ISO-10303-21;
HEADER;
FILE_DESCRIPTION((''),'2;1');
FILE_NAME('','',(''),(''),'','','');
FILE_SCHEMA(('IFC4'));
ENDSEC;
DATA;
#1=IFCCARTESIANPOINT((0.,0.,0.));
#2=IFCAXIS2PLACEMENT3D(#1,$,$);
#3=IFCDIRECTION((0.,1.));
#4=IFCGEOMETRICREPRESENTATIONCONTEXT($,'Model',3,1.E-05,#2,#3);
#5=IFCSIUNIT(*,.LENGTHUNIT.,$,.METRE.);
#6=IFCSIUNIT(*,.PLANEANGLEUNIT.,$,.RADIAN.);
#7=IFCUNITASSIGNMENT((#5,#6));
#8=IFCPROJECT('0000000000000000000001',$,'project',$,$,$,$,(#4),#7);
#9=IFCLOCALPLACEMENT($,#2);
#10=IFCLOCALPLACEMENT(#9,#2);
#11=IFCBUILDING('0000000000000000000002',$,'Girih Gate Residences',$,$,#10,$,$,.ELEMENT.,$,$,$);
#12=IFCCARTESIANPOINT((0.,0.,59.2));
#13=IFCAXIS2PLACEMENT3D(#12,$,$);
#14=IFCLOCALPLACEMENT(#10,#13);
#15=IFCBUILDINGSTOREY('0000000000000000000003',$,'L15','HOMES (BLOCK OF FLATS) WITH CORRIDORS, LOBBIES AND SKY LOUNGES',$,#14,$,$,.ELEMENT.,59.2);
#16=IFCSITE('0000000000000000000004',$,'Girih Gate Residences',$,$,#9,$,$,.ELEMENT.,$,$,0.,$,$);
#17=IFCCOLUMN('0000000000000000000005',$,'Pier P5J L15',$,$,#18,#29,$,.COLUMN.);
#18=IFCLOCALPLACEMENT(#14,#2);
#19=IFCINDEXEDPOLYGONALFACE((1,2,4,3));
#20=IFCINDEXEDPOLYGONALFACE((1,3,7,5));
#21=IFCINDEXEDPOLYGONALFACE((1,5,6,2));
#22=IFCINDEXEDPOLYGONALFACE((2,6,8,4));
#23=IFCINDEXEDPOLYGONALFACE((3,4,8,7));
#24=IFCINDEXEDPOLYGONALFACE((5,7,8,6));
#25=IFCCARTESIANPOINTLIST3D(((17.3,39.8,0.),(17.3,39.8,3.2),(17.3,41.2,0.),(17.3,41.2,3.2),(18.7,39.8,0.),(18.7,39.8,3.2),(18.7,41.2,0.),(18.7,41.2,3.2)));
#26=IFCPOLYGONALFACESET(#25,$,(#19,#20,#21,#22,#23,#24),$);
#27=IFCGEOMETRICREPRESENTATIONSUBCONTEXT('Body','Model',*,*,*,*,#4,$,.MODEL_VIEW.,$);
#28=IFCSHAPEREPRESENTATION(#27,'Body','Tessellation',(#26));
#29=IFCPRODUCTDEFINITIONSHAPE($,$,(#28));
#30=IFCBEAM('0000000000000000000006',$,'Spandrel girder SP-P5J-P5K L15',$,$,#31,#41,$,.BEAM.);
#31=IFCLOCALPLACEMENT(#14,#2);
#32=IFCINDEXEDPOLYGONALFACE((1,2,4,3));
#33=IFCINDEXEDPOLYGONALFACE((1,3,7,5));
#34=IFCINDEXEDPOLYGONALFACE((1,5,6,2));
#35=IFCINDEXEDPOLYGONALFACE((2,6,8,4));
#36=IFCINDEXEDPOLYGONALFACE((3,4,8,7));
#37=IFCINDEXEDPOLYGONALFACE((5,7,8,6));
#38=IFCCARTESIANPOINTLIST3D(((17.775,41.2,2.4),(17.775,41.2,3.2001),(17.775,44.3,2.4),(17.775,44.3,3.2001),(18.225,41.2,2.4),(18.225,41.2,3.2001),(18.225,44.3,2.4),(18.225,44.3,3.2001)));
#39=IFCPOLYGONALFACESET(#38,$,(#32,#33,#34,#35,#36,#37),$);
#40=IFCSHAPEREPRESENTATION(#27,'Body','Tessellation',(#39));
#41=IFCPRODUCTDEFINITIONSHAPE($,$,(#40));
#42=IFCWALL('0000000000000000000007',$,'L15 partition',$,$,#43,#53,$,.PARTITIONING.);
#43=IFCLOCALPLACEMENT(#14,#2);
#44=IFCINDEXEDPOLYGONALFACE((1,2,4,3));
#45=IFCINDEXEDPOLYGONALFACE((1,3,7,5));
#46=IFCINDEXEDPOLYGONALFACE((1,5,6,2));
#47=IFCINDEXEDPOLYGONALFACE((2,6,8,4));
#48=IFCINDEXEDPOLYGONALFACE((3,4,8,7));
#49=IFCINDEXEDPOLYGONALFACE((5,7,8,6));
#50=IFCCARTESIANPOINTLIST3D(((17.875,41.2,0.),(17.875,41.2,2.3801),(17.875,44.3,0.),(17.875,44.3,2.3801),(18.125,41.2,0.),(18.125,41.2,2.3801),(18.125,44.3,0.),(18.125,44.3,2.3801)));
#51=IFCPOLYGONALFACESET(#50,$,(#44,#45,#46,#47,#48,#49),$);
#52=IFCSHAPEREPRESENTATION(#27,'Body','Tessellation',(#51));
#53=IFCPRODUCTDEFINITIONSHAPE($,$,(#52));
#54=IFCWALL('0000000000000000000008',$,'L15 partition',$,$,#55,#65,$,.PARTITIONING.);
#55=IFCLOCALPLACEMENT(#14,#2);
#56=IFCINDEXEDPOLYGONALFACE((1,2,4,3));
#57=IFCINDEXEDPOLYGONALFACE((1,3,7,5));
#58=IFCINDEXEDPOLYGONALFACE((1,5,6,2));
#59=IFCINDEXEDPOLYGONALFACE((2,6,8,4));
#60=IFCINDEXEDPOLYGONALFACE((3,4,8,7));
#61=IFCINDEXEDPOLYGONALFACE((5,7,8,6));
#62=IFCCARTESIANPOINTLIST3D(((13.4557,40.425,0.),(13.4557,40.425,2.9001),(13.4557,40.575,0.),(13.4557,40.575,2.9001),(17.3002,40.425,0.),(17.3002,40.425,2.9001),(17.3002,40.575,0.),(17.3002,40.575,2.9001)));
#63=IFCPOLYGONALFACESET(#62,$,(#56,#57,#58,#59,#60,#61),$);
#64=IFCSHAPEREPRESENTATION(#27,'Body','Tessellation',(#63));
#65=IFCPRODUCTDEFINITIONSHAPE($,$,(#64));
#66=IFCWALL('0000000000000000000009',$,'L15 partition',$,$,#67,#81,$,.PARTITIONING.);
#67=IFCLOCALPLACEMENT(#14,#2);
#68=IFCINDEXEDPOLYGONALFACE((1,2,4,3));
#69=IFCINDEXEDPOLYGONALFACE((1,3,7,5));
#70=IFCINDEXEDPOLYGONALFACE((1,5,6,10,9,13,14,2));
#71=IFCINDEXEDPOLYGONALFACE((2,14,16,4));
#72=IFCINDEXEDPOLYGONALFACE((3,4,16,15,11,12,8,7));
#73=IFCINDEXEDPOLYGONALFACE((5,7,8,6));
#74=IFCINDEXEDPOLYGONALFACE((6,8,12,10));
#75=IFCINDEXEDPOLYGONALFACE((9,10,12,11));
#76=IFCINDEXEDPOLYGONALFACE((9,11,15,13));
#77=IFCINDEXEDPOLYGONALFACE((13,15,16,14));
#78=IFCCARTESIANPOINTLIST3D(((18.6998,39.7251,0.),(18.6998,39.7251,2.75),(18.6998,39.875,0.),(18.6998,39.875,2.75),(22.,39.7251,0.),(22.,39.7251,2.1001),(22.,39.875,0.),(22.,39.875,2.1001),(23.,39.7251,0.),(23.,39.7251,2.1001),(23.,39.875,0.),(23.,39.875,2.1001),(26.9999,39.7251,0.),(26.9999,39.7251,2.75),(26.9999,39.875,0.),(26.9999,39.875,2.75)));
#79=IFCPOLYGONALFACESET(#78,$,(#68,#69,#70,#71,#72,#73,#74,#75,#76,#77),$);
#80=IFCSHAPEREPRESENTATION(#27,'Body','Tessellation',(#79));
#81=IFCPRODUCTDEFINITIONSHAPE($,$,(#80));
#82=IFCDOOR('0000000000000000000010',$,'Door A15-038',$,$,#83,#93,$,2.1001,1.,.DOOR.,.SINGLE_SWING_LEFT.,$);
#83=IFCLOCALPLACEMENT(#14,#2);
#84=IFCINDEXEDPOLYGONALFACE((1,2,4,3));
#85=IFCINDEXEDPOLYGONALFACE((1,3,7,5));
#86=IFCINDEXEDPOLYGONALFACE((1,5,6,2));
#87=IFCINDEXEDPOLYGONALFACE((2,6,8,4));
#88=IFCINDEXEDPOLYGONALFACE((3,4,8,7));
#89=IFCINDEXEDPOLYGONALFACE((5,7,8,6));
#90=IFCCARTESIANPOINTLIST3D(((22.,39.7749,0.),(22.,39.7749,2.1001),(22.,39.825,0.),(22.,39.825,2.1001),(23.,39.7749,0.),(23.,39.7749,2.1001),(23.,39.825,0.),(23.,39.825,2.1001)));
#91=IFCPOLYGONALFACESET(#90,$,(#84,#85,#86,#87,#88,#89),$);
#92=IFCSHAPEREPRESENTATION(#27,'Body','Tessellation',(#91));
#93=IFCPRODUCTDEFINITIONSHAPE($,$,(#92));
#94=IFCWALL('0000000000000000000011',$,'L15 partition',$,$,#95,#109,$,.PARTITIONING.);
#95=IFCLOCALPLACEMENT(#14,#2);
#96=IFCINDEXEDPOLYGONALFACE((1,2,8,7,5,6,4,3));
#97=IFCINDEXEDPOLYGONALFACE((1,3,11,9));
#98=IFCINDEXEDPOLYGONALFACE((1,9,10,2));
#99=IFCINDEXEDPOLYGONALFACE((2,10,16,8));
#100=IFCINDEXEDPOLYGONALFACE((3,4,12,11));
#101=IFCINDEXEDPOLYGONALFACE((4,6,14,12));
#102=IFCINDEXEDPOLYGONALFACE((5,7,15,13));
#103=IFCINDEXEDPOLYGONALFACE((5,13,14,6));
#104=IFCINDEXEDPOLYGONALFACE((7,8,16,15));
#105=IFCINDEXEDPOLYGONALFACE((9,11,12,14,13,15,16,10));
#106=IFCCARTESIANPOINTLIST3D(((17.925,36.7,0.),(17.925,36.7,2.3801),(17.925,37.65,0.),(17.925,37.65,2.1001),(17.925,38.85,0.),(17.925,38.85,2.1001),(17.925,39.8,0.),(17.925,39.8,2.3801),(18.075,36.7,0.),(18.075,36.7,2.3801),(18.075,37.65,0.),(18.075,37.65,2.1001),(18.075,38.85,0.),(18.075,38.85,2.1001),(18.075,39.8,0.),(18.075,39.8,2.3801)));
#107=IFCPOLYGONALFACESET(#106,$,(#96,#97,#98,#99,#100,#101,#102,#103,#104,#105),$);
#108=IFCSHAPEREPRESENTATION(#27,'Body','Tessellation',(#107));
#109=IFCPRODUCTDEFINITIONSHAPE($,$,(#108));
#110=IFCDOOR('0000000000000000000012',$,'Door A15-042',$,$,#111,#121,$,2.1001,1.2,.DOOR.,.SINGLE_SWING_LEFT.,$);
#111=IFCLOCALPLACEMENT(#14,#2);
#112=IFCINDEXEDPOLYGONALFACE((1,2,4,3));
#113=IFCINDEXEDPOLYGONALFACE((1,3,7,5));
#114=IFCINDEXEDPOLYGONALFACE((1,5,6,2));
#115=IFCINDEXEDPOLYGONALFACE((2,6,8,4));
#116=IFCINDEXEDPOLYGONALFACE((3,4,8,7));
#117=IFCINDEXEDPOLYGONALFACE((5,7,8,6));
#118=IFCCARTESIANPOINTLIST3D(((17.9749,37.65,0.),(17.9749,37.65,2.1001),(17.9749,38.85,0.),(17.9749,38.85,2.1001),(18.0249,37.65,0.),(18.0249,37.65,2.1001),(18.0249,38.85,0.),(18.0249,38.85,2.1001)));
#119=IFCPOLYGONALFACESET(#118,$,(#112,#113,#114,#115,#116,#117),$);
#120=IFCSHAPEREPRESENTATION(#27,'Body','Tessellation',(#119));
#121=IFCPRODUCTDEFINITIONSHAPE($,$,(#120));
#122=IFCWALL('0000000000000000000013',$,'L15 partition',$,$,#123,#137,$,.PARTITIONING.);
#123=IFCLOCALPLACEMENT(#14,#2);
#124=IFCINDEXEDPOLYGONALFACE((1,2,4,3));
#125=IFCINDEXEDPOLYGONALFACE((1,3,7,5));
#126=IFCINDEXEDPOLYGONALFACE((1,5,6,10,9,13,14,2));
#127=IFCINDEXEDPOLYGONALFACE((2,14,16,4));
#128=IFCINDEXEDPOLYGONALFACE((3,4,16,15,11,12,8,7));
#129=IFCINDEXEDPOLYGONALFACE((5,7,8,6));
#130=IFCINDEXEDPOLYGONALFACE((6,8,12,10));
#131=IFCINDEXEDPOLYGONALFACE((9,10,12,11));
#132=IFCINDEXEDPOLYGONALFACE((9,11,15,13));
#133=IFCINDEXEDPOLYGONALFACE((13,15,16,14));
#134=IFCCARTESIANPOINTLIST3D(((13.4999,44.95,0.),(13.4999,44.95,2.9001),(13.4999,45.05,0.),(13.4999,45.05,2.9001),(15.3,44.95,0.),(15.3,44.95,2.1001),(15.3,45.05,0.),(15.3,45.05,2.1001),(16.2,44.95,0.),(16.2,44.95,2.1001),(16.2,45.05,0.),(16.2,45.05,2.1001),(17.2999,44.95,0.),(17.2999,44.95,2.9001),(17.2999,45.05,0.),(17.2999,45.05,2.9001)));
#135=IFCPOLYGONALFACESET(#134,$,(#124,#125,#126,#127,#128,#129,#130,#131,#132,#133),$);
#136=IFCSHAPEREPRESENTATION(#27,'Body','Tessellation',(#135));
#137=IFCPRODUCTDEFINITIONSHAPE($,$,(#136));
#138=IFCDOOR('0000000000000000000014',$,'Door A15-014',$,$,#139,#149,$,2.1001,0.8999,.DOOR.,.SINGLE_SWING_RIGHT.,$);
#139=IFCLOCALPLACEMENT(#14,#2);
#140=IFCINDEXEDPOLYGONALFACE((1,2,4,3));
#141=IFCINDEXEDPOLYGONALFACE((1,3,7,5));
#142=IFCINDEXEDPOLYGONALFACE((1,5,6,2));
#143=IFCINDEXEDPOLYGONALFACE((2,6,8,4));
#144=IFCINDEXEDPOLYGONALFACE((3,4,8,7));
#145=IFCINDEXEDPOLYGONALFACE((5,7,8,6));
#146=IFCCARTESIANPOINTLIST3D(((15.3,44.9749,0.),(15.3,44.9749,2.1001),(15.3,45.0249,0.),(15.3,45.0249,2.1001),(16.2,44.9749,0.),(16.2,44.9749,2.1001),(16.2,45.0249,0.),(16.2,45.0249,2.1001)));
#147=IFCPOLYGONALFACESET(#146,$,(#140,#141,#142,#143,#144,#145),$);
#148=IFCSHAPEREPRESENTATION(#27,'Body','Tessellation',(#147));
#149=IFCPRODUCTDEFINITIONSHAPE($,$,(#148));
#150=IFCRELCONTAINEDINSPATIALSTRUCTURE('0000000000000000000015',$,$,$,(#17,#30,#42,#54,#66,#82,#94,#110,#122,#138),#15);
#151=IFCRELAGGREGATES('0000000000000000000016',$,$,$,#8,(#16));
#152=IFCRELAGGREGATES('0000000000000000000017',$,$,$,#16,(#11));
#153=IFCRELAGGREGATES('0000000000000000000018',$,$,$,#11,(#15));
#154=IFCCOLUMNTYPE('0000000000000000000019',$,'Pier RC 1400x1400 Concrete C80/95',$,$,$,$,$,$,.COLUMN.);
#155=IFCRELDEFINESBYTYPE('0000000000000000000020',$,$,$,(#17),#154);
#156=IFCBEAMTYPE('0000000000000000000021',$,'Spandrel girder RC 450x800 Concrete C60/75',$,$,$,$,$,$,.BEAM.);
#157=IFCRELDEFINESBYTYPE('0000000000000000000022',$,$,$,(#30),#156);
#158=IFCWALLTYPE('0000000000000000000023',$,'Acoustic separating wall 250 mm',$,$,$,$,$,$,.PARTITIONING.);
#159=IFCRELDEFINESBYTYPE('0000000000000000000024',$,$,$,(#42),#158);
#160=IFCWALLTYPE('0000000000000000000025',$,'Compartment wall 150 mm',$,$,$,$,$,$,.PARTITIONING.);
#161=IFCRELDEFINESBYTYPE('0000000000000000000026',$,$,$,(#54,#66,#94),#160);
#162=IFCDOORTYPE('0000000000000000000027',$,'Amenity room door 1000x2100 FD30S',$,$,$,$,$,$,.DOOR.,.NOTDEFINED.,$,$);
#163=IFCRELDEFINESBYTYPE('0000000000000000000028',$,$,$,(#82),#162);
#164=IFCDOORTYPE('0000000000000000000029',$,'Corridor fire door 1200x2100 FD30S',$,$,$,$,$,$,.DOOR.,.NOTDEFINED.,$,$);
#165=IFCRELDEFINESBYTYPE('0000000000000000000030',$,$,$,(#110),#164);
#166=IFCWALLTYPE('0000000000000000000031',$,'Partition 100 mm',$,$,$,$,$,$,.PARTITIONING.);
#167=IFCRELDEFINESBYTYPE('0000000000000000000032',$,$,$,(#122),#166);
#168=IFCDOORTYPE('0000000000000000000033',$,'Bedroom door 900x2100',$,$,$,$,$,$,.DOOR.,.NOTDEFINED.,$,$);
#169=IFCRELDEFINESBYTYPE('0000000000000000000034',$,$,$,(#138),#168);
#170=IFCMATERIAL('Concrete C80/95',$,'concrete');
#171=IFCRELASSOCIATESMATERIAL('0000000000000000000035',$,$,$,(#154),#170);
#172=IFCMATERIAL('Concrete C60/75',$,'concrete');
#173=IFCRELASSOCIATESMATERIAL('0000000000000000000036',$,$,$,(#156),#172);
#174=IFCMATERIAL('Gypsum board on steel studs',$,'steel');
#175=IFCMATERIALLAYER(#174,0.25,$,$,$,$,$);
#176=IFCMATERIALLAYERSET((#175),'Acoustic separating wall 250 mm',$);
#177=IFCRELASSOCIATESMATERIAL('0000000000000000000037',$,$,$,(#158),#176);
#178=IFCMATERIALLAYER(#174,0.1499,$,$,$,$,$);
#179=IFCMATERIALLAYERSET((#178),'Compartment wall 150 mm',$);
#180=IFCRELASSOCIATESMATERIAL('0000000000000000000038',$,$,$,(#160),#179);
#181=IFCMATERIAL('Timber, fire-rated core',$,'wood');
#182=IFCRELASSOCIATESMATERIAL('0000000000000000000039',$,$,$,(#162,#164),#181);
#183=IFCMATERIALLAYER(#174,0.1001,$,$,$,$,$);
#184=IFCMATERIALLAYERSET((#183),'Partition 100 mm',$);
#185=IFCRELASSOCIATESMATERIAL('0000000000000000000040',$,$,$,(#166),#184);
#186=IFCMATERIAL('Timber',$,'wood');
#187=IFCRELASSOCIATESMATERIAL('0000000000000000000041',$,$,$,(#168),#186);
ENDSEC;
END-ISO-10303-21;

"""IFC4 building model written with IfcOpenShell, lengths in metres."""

from ifc_helpers import new_model, si_unit, direction, frame, frame_2d, origin, origin_2d, place, context, subcontext, project, spatial, rectangle, extrude, material, layer, layer_set, material_profile, profile_set, type_object, element, fill, save


model = new_model("IFC4")

# Units and contexts
model_context = context("Model", 3, precision=1e-05, world=origin(), true_north=direction((0.0, 1.0)))
body_context = subcontext(model_context, "Body", "Model", "MODEL_VIEW")
ifc_project = project(units=[si_unit("LENGTHUNIT", "METRE"), si_unit("PLANEANGLEUNIT", "RADIAN")], contexts=[model_context])

# Site, building, storey
site_placement = place(None, origin())
site = spatial("IfcSite", under=ifc_project, at=site_placement, Name="Girih Gate Residences", CompositionType="ELEMENT", RefElevation=0.0)
building_placement = place(site_placement, origin())
building = spatial("IfcBuilding", under=site, at=building_placement, Name="Girih Gate Residences", CompositionType="ELEMENT")
storey_placement = place(building_placement, frame((0.0, 0.0, 59.2)))
storey = spatial("IfcBuildingStorey", under=building, at=storey_placement, Name="L15", Description="HOMES (BLOCK OF FLATS) WITH CORRIDORS, LOBBIES AND SKY LOUNGES", CompositionType="ELEMENT", Elevation=59.2)

# Column
ifc_material_1 = material(Name="Concrete C80/95", Category="concrete")
ifc_material_profile_1 = material_profile(ifc_material_1, rectangle(XDim=1.3999, YDim=1.3999, at=origin_2d()))
ifc_profile_set_1 = profile_set([ifc_material_profile_1], Name="Concrete C80/95")
column_type = type_object("IfcColumnType", Name="Pier RC 1400x1400 Concrete C80/95", PredefinedType="COLUMN", material=ifc_profile_set_1)
column_placement = place(storey_placement, frame((18.0, 40.5, 0.0), z_axis=(0.0, 0.0, 1.0), x_axis=(1.0, 0.0, 0.0)))
element("IfcColumn", 1, at=column_placement, inside=storey, type_object=column_type, Name="Pier P5J L15", PredefinedType="COLUMN", context=body_context, shape_type="SweptSolid", body=[
    extrude(rectangle(XDim=1.3999, YDim=1.3999, at=origin_2d()), origin(), (0.0, 0.0, 1.0), 3.2),
])

# Beam
ifc_material_2 = material(Name="Concrete C60/75", Category="concrete")
ifc_material_profile_2 = material_profile(ifc_material_2, rectangle(XDim=0.45, YDim=0.8, at=origin_2d()))
ifc_profile_set_2 = profile_set([ifc_material_profile_2], Name="Concrete C60/75")
beam_type = type_object("IfcBeamType", Name="Spandrel girder RC 450x800 Concrete C60/75", PredefinedType="BEAM", material=ifc_profile_set_2)
beam_placement = place(storey_placement, frame((18.0, 41.2, 2.8), z_axis=(0.0, 1.0, 0.0), x_axis=(-1.0, 0.0, 0.0)))
element("IfcBeam", 2, at=beam_placement, inside=storey, type_object=beam_type, Name="Spandrel girder SP-P5J-P5K L15", PredefinedType="BEAM", context=body_context, shape_type="SweptSolid", body=[
    extrude(rectangle(XDim=0.45, YDim=0.8, at=origin_2d()), origin(), (0.0, 0.0, 1.0), 3.1001),
])

# Walls
ifc_material_3 = material(Name="Gypsum board on steel studs", Category="steel")
ifc_layer_1 = layer(ifc_material_3, 0.25)
ifc_layer_set_1 = layer_set([ifc_layer_1], Name="Acoustic separating wall 250 mm")
wall_type_1 = type_object("IfcWallType", Name="Acoustic separating wall 250 mm", PredefinedType="PARTITIONING", material=ifc_layer_set_1)
wall_1_placement = place(storey_placement, frame((18.0, 41.2, 0.0), z_axis=(0.0, 0.0, 1.0), x_axis=(0.0, 1.0, 0.0)))
element("IfcWall", 3, at=wall_1_placement, inside=storey, type_object=wall_type_1, Name="L15 partition", PredefinedType="PARTITIONING", context=body_context, shape_type="SweptSolid", body=[
    extrude(rectangle(XDim=3.1001, YDim=0.25, at=frame_2d((1.55, 0.0))), origin(), (0.0, 0.0, 1.0), 2.3801),
])
ifc_layer_2 = layer(ifc_material_3, 0.1499)
ifc_layer_set_2 = layer_set([ifc_layer_2], Name="Compartment wall 150 mm")
wall_type_2 = type_object("IfcWallType", Name="Compartment wall 150 mm", PredefinedType="PARTITIONING", material=ifc_layer_set_2)
wall_2_placement = place(storey_placement, frame((13.4556, 40.5, 0.0), z_axis=(0.0, 0.0, 1.0), x_axis=(1.0, 0.0, 0.0)))
element("IfcWall", 4, at=wall_2_placement, inside=storey, type_object=wall_type_2, Name="L15 partition", PredefinedType="PARTITIONING", context=body_context, shape_type="SweptSolid", body=[
    extrude(rectangle(XDim=3.8445, YDim=0.1499, at=frame_2d((1.9224, 0.0))), origin(), (0.0, 0.0, 1.0), 2.9001),
])

# Walls, openings, doors
wall_3_placement = place(storey_placement, frame((18.7, 39.8, 0.0), z_axis=(0.0, 0.0, 1.0), x_axis=(1.0, 0.0, 0.0)))
wall_3 = element("IfcWall", 5, at=wall_3_placement, inside=storey, type_object=wall_type_2, Name="L15 partition", PredefinedType="PARTITIONING", context=body_context, shape_type="SweptSolid", body=[
    extrude(rectangle(XDim=8.3, YDim=0.1499, at=frame_2d((4.1499, 0.0))), origin(), (0.0, 0.0, 1.0), 2.75),
])
opening_1_placement = place(wall_3_placement, frame((3.3, 0.0, 0.0)))
opening_1 = element("IfcOpeningElement", 6, at=opening_1_placement, cuts=wall_3, PredefinedType="OPENING", context=body_context, shape_type="SweptSolid", body=[
    extrude(rectangle(XDim=1.0, YDim=2.1001, at=frame_2d((0.5, 1.05))), frame((0.0, 0.085, 0.0), z_axis=(0.0, -1.0, 0.0), x_axis=(1.0, 0.0, 0.0)), (0.0, 0.0, 1.0), 0.1699),
])
ifc_material_4 = material(Name="Timber, fire-rated core", Category="wood")
door_type_1 = type_object("IfcDoorType", Name="Amenity room door 1000x2100 FD30S", OperationType="NOTDEFINED", PredefinedType="DOOR", material=ifc_material_4)
door_1_placement = place(opening_1_placement, origin())
door_1 = element("IfcDoor", 7, at=door_1_placement, inside=storey, type_object=door_type_1, Name="Door A15-038", OperationType="SINGLE_SWING_LEFT", OverallHeight=2.1001, OverallWidth=1.0, PredefinedType="DOOR", context=body_context, shape_type="SweptSolid", body=[
    extrude(rectangle(XDim=1.0, YDim=2.1001, at=frame_2d((0.5, 1.05))), frame((0.0, 0.0249, 0.0), z_axis=(0.0, -1.0, 0.0), x_axis=(1.0, 0.0, 0.0)), (0.0, 0.0, 1.0), 0.05),
])
fill(opening_1, door_1)
wall_4_placement = place(storey_placement, frame((18.0, 39.8, 0.0), z_axis=(0.0, 0.0, 1.0), x_axis=(0.0, -1.0, 0.0)))
wall_4 = element("IfcWall", 8, at=wall_4_placement, inside=storey, type_object=wall_type_2, Name="L15 partition", PredefinedType="PARTITIONING", context=body_context, shape_type="SweptSolid", body=[
    extrude(rectangle(XDim=3.1001, YDim=0.1499, at=frame_2d((1.55, 0.0))), origin(), (0.0, 0.0, 1.0), 2.3801),
])
opening_2_placement = place(wall_4_placement, frame((0.95, 0.0, 0.0)))
opening_2 = element("IfcOpeningElement", 9, at=opening_2_placement, cuts=wall_4, PredefinedType="OPENING", context=body_context, shape_type="SweptSolid", body=[
    extrude(rectangle(XDim=1.2, YDim=2.1001, at=frame_2d((0.6001, 1.05))), frame((0.0, 0.085, 0.0), z_axis=(0.0, -1.0, 0.0), x_axis=(1.0, 0.0, 0.0)), (0.0, 0.0, 1.0), 0.1699),
])
door_type_2 = type_object("IfcDoorType", Name="Corridor fire door 1200x2100 FD30S", OperationType="NOTDEFINED", PredefinedType="DOOR", material=ifc_material_4)
door_2_placement = place(opening_2_placement, origin())
door_2 = element("IfcDoor", 10, at=door_2_placement, inside=storey, type_object=door_type_2, Name="Door A15-042", OperationType="SINGLE_SWING_LEFT", OverallHeight=2.1001, OverallWidth=1.2, PredefinedType="DOOR", context=body_context, shape_type="SweptSolid", body=[
    extrude(rectangle(XDim=1.2, YDim=2.1001, at=frame_2d((0.6001, 1.05))), frame((0.0, 0.0249, 0.0), z_axis=(0.0, -1.0, 0.0), x_axis=(1.0, 0.0, 0.0)), (0.0, 0.0, 1.0), 0.05),
])
fill(opening_2, door_2)
ifc_layer_3 = layer(ifc_material_3, 0.1001)
ifc_layer_set_3 = layer_set([ifc_layer_3], Name="Partition 100 mm")
wall_type_3 = type_object("IfcWallType", Name="Partition 100 mm", PredefinedType="PARTITIONING", material=ifc_layer_set_3)
wall_5_placement = place(storey_placement, frame((13.5, 45.0, 0.0), z_axis=(0.0, 0.0, 1.0), x_axis=(1.0, 0.0, 0.0)))
wall_5 = element("IfcWall", 11, at=wall_5_placement, inside=storey, type_object=wall_type_3, Name="L15 partition", PredefinedType="PARTITIONING", context=body_context, shape_type="SweptSolid", body=[
    extrude(rectangle(XDim=3.8, YDim=0.1001, at=frame_2d((1.8999, 0.0))), origin(), (0.0, 0.0, 1.0), 2.9001),
])
opening_3_placement = place(wall_5_placement, frame((1.8, 0.0, 0.0)))
opening_3 = element("IfcOpeningElement", 12, at=opening_3_placement, cuts=wall_5, PredefinedType="OPENING", context=body_context, shape_type="SweptSolid", body=[
    extrude(rectangle(XDim=0.8999, YDim=2.1001, at=frame_2d((0.45, 1.05))), frame((0.0, 0.0601, 0.0), z_axis=(0.0, -1.0, 0.0), x_axis=(1.0, 0.0, 0.0)), (0.0, 0.0, 1.0), 0.1201),
])
ifc_material_5 = material(Name="Timber", Category="wood")
door_type_3 = type_object("IfcDoorType", Name="Bedroom door 900x2100", OperationType="NOTDEFINED", PredefinedType="DOOR", material=ifc_material_5)
door_3_placement = place(opening_3_placement, origin())
door_3 = element("IfcDoor", 13, at=door_3_placement, inside=storey, type_object=door_type_3, Name="Door A15-014", OperationType="SINGLE_SWING_RIGHT", OverallHeight=2.1001, OverallWidth=0.8999, PredefinedType="DOOR", context=body_context, shape_type="SweptSolid", body=[
    extrude(rectangle(XDim=0.8999, YDim=2.1001, at=frame_2d((0.45, 1.05))), frame((0.0, 0.0249, 0.0), z_axis=(0.0, -1.0, 0.0), x_axis=(1.0, 0.0, 0.0)), (0.0, 0.0, 1.0), 0.05),
])
fill(opening_3, door_3)

save(model, "model.ifc")
